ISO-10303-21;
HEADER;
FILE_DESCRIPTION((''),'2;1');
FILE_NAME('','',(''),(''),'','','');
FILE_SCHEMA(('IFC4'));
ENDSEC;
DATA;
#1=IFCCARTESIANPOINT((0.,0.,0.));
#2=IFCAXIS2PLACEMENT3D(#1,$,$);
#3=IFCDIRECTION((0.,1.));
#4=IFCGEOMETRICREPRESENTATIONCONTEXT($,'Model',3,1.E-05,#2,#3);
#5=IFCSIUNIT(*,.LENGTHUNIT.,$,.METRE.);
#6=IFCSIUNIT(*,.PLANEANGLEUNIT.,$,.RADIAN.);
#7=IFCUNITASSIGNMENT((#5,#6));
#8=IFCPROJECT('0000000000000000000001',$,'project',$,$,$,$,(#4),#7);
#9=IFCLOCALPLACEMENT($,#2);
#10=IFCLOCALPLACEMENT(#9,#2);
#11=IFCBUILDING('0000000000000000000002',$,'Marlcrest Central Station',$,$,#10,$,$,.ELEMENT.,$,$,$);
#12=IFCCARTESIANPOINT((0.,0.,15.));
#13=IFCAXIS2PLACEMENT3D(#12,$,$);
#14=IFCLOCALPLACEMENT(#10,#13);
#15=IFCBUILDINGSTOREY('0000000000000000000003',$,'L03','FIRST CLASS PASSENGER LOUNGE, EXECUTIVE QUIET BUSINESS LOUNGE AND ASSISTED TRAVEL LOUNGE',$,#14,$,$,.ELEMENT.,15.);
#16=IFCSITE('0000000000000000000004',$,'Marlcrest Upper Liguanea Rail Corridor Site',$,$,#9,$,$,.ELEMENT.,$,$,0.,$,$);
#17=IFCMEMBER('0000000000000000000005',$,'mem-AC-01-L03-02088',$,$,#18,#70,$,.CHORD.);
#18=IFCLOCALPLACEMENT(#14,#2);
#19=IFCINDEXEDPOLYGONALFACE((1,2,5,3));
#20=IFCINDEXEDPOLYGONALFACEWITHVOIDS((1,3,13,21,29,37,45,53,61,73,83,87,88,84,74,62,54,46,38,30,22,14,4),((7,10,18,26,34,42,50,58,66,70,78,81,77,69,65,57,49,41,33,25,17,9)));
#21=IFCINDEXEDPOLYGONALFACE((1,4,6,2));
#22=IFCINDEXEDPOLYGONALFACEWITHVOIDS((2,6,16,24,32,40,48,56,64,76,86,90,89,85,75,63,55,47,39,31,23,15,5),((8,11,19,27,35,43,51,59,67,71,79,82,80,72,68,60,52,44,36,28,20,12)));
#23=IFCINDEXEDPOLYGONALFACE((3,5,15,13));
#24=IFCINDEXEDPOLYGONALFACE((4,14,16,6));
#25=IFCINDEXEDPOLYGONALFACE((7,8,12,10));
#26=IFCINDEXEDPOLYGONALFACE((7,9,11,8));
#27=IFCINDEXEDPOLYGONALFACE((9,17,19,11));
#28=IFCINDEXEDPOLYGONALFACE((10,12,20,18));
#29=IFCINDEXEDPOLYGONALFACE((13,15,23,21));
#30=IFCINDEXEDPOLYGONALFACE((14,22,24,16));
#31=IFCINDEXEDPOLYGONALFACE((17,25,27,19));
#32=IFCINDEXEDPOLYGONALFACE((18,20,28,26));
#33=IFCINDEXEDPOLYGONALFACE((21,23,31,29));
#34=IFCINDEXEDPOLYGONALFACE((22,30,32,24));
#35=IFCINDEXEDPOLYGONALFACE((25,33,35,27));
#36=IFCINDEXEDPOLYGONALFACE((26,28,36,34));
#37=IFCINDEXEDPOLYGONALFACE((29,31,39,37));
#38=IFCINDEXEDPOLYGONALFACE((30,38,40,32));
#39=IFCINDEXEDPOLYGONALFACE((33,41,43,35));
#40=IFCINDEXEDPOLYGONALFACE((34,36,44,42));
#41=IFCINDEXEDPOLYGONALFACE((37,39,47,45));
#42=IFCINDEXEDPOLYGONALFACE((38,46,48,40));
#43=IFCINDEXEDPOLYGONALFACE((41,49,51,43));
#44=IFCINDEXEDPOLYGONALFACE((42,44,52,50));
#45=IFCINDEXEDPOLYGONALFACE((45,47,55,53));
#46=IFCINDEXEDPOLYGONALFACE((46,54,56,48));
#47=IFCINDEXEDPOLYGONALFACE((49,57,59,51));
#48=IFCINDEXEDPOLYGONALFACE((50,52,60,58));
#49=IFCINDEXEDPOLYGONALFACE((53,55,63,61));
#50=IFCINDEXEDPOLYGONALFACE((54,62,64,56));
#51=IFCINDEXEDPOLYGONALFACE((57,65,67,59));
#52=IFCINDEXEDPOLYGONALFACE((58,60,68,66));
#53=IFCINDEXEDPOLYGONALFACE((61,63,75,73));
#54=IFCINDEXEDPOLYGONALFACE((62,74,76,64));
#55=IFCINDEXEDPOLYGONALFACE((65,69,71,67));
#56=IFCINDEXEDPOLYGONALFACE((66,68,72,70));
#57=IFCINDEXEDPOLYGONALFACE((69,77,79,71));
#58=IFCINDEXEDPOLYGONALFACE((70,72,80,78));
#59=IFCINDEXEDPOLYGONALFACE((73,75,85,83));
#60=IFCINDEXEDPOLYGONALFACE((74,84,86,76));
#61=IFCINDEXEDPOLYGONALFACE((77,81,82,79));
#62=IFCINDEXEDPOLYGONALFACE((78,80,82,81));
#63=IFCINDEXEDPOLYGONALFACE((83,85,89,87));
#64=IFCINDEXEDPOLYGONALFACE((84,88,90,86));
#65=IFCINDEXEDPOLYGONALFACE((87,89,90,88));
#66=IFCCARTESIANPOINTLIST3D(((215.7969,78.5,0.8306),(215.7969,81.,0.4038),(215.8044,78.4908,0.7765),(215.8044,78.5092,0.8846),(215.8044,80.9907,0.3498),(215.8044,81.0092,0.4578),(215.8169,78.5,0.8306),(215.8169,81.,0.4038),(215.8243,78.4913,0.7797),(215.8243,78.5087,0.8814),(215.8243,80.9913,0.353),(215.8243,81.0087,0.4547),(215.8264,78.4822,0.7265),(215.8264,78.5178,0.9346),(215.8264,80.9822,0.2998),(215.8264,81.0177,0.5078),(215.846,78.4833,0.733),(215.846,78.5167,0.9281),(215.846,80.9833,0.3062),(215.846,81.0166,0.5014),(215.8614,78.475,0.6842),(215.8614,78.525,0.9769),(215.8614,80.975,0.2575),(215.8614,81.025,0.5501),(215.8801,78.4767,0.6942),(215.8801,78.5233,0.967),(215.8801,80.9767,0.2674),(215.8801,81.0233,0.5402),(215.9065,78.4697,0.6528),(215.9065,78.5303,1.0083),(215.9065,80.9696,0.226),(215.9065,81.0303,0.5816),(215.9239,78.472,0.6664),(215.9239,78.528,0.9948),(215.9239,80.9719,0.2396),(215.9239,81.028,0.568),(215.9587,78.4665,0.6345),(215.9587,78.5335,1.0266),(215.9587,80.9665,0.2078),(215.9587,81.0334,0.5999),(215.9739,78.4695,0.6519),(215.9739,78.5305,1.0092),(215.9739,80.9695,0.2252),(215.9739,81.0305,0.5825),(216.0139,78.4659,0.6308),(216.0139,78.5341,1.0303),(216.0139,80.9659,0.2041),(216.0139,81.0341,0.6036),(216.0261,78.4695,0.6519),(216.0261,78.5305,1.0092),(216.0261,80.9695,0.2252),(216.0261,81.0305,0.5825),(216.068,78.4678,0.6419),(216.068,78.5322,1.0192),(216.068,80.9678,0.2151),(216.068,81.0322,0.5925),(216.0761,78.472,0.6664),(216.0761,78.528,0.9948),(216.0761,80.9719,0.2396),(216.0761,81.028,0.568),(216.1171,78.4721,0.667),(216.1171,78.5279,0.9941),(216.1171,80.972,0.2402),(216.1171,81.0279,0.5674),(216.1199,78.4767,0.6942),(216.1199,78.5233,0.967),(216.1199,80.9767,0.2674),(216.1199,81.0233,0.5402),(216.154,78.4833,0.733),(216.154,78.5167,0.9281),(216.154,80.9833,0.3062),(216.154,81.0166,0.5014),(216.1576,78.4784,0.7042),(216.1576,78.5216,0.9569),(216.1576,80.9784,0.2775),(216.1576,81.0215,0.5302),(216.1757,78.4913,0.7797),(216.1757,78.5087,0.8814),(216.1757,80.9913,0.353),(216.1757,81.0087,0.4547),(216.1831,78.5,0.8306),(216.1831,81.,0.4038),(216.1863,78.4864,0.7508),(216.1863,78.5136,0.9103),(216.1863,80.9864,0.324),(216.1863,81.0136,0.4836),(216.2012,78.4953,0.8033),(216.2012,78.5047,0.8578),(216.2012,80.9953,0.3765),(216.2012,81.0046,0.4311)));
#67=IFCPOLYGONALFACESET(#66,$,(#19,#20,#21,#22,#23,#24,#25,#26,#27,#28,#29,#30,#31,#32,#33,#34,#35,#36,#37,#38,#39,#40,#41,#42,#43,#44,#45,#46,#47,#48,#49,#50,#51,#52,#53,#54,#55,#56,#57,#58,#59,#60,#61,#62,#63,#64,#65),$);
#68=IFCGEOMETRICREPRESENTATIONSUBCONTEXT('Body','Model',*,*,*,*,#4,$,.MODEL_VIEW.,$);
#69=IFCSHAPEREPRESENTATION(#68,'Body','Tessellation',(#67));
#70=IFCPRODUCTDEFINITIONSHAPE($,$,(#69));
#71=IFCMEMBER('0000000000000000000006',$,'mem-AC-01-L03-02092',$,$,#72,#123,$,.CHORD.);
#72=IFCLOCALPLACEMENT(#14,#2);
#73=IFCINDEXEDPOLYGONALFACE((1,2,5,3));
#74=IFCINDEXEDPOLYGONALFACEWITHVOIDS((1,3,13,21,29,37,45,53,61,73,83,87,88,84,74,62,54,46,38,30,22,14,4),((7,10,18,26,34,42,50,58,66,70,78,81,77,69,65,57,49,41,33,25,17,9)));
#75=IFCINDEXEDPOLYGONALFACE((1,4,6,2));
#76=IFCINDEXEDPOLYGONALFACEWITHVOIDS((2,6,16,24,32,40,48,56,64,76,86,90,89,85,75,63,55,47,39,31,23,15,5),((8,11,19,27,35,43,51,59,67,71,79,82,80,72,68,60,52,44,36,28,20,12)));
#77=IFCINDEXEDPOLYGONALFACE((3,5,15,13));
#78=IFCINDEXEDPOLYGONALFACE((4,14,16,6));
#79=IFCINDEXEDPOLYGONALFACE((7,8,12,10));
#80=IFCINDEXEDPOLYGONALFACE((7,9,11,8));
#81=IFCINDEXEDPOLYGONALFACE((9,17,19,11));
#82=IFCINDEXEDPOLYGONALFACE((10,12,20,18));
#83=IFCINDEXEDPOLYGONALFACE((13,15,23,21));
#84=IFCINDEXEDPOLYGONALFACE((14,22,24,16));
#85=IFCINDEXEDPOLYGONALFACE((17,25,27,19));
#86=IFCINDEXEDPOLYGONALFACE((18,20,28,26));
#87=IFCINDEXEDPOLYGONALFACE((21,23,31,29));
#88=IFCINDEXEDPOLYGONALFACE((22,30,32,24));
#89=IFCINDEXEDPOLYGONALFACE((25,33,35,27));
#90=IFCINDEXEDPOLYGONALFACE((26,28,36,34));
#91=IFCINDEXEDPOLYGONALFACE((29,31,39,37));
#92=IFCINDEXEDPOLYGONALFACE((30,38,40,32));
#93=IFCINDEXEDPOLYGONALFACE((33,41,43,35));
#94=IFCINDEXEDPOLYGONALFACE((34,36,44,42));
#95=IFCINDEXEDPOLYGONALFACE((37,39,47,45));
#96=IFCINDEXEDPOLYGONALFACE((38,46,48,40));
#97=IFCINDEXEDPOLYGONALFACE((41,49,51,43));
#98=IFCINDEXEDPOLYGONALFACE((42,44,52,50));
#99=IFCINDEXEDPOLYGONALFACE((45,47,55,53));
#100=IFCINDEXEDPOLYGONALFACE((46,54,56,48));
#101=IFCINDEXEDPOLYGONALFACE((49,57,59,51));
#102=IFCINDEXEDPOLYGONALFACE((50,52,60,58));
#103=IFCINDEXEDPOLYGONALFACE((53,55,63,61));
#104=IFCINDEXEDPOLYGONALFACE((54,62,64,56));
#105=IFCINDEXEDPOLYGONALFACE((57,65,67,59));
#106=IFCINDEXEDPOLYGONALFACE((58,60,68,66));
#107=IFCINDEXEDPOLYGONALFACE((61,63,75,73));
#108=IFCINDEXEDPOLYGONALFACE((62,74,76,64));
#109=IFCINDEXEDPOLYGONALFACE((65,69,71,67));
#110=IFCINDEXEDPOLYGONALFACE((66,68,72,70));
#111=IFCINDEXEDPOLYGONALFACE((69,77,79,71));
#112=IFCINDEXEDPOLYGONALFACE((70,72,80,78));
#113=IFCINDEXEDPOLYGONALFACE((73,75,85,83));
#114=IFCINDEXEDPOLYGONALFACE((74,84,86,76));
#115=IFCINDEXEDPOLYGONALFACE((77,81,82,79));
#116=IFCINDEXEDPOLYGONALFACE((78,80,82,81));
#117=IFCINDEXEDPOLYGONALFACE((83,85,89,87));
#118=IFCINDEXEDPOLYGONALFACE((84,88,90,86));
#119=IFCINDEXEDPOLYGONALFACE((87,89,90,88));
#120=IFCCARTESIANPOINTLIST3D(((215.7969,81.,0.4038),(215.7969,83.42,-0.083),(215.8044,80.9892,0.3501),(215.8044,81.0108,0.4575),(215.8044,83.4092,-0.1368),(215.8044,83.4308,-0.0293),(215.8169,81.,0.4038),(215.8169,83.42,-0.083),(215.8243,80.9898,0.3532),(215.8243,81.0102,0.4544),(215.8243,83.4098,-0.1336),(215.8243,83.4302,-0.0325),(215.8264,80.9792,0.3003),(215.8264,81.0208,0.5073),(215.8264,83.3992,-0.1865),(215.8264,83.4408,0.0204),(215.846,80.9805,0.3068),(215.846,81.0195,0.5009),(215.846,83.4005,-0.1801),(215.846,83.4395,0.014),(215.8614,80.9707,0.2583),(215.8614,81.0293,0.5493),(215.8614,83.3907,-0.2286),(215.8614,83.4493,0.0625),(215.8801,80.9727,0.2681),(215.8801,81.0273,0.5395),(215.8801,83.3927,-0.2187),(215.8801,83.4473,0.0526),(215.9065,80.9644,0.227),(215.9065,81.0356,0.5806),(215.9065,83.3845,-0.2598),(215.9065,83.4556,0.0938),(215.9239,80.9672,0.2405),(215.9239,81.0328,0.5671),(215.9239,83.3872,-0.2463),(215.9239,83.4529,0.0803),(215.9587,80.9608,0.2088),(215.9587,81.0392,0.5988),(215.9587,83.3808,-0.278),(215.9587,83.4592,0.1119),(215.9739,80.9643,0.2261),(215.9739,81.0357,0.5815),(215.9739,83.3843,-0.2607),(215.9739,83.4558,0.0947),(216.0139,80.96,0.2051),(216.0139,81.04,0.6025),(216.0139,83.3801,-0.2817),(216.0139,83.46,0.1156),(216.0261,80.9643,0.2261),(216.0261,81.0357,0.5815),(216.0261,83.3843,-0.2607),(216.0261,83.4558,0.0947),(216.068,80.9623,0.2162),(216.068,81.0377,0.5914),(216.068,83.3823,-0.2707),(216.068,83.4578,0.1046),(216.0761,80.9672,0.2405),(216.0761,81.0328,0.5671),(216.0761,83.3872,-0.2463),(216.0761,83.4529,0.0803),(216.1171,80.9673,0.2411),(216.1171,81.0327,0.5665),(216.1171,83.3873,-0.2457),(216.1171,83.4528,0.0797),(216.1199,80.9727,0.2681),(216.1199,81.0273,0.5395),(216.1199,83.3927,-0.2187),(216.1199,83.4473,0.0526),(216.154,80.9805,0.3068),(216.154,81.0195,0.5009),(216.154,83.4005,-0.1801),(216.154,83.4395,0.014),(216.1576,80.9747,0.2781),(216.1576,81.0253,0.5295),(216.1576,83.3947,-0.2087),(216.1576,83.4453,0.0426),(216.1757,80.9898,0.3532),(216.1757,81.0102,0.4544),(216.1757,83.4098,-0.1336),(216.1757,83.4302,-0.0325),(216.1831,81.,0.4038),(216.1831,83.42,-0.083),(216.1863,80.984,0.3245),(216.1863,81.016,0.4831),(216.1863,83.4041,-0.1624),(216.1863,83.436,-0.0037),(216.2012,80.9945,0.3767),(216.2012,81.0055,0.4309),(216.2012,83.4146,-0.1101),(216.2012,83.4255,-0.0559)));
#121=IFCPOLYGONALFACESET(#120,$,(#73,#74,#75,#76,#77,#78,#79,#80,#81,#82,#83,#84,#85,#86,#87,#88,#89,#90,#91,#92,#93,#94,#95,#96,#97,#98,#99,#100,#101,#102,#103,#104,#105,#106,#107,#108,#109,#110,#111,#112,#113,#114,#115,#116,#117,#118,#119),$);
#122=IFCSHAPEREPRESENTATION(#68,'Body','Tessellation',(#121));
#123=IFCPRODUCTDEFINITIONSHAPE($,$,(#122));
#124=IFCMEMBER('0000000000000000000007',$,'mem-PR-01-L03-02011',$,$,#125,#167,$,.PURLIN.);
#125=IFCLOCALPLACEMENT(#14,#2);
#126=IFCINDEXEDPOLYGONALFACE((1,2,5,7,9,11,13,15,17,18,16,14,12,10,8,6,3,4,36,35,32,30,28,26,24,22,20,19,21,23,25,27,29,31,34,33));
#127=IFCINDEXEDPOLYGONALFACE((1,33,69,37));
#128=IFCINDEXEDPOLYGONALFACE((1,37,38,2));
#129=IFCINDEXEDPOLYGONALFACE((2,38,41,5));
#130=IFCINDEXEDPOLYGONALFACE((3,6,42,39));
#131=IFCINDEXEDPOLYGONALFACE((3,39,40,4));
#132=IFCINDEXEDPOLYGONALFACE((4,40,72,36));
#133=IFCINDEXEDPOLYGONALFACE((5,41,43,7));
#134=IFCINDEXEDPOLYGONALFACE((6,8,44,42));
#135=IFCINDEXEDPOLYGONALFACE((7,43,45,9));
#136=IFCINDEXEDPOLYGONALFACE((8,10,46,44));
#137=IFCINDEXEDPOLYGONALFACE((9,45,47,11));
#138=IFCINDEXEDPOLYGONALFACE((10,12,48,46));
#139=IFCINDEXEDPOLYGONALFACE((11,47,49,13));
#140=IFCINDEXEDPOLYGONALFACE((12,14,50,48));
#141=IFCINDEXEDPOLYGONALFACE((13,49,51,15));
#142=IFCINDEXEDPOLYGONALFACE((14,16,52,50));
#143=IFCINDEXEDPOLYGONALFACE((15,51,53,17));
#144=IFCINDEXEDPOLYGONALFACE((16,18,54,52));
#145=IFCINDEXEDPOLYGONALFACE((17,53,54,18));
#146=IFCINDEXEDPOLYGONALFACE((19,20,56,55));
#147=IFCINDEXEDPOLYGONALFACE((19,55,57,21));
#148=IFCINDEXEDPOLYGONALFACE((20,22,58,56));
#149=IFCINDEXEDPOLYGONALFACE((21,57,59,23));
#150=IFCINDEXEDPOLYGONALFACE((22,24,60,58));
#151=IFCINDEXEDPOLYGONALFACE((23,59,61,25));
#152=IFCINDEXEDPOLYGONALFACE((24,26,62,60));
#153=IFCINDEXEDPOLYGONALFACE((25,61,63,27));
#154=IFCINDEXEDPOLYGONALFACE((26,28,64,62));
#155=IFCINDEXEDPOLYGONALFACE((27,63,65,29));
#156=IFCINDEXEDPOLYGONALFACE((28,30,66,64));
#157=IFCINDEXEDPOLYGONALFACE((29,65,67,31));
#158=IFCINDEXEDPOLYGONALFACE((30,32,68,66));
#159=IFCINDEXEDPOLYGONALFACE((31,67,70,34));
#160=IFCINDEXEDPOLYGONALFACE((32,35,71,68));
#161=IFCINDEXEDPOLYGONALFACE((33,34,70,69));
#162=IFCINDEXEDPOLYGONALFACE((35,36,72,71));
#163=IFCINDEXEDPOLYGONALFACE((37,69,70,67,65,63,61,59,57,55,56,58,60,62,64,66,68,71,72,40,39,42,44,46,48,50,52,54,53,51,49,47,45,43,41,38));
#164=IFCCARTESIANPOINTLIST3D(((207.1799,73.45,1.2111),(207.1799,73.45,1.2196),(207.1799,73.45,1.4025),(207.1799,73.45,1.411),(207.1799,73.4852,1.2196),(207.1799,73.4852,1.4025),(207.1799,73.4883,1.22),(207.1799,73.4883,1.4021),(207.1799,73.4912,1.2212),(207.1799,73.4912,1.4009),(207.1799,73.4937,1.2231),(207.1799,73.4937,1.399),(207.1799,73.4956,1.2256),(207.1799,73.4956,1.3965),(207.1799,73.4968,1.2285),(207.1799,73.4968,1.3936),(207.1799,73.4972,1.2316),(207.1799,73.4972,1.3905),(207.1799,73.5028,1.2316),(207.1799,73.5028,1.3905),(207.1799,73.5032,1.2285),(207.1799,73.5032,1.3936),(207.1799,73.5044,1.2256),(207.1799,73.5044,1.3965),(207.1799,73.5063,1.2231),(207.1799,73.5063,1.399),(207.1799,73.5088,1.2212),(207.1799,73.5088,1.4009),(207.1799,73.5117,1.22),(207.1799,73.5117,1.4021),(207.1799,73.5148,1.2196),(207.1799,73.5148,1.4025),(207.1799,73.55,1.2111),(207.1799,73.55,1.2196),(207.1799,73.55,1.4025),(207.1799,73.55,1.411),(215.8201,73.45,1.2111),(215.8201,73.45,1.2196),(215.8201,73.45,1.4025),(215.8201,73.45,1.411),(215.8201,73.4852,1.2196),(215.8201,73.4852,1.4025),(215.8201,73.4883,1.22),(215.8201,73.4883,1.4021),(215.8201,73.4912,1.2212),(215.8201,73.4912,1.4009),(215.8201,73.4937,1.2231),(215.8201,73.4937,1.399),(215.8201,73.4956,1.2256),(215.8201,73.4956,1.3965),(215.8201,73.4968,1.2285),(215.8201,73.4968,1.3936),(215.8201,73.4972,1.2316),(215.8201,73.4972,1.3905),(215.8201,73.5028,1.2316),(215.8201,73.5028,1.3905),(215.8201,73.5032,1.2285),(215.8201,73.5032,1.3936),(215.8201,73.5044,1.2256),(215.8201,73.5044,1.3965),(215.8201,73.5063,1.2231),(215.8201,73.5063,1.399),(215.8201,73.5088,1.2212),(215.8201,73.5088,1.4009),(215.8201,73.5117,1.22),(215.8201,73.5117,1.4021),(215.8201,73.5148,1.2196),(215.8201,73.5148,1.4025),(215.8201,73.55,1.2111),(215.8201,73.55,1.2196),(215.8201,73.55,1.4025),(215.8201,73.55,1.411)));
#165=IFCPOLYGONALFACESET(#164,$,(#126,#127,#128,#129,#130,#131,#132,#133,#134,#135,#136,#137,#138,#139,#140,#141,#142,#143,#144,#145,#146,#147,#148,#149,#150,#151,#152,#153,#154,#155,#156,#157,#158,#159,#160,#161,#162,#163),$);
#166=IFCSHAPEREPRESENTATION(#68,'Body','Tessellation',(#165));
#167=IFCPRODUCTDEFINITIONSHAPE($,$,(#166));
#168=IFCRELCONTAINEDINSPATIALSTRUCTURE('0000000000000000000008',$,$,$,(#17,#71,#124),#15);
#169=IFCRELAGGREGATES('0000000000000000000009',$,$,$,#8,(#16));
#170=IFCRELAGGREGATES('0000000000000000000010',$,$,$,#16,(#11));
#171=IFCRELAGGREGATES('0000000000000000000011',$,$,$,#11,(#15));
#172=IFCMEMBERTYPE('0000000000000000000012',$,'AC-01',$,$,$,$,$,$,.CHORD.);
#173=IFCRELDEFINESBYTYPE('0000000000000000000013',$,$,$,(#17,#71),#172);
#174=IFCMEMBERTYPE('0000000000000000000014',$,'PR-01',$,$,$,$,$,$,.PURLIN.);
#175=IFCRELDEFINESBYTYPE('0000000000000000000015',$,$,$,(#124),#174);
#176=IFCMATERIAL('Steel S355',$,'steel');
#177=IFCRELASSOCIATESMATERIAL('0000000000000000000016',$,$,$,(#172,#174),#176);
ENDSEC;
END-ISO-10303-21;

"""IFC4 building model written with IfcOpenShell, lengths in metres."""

from ifc_helpers import new_model, si_unit, direction, frame, origin, origin_2d, place, context, subcontext, project, spatial, hollow_circle, i_section, extrude, material, material_profile, profile_set, type_object, element, save


model = new_model("IFC4")

# Units and contexts
model_context = context("Model", 3, precision=1e-05, world=origin(), true_north=direction((0.0, 1.0)))
body_context = subcontext(model_context, "Body", "Model", "MODEL_VIEW")
ifc_project = project(units=[si_unit("LENGTHUNIT", "METRE"), si_unit("PLANEANGLEUNIT", "RADIAN")], contexts=[model_context])

# Site, building, storey
site_placement = place(None, origin())
site = spatial("IfcSite", under=ifc_project, at=site_placement, Name="Marlcrest Upper Liguanea Rail Corridor Site", CompositionType="ELEMENT", RefElevation=0.0)
building_placement = place(site_placement, origin())
building = spatial("IfcBuilding", under=site, at=building_placement, Name="Marlcrest Central Station", CompositionType="ELEMENT")
storey_placement = place(building_placement, frame((0.0, 0.0, 15.0)))
storey = spatial("IfcBuildingStorey", under=building, at=storey_placement, Name="L03", Description="FIRST CLASS PASSENGER LOUNGE, EXECUTIVE QUIET BUSINESS LOUNGE AND ASSISTED TRAVEL LOUNGE", CompositionType="ELEMENT", Elevation=15.0)

# Members
ifc_material_1 = material(Name="Steel S355", Category="steel")
ifc_material_profile_1 = material_profile(ifc_material_1, hollow_circle(Radius=0.2031, WallThickness=0.02, at=origin_2d()), Name="CHS 406.4x20")
ifc_profile_set_1 = profile_set([ifc_material_profile_1], Name="Steel S355")
member_type_1 = type_object("IfcMemberType", Name="AC-01", PredefinedType="CHORD", material=ifc_profile_set_1)
member_1_placement = place(storey_placement, frame((216.0, 78.5, 0.8306), z_axis=(0.0, 0.985741, -0.168269), x_axis=(-1.0, 0.0, 0.0)))
element("IfcMember", 1, at=member_1_placement, inside=storey, type_object=member_type_1, Name="mem-AC-01-L03-02088", PredefinedType="CHORD", context=body_context, shape_type="SweptSolid", body=[
    extrude(hollow_circle(Radius=0.2031, WallThickness=0.02, at=origin_2d()), origin(), (0.0, 0.0, 1.0), 2.5361),
])
member_2_placement = place(storey_placement, frame((216.0, 81.0, 0.4038), z_axis=(0.0, 0.980359, -0.197219), x_axis=(-1.0, 0.0, 0.0)))
element("IfcMember", 2, at=member_2_placement, inside=storey, type_object=member_type_1, Name="mem-AC-01-L03-02092", PredefinedType="CHORD", context=body_context, shape_type="SweptSolid", body=[
    extrude(hollow_circle(Radius=0.2031, WallThickness=0.02, at=origin_2d()), origin(), (0.0, 0.0, 1.0), 2.4685),
])
ifc_material_profile_2 = material_profile(ifc_material_1, i_section(OverallWidth=0.1001, OverallDepth=0.2, WebThickness=0.0056, FlangeThickness=0.0085, FilletRadius=0.012, at=origin_2d()), Name="IPE 200")
ifc_profile_set_2 = profile_set([ifc_material_profile_2], Name="Steel S355")
member_type_2 = type_object("IfcMemberType", Name="PR-01", PredefinedType="PURLIN", material=ifc_profile_set_2)
member_3_placement = place(storey_placement, frame((207.1799, 73.5, 1.311), z_axis=(1.0, 0.0, 0.0), x_axis=(0.0, 1.0, 0.0)))
element("IfcMember", 3, at=member_3_placement, inside=storey, type_object=member_type_2, Name="mem-PR-01-L03-02011", PredefinedType="PURLIN", context=body_context, shape_type="SweptSolid", body=[
    extrude(i_section(OverallWidth=0.1001, OverallDepth=0.2, WebThickness=0.0056, FlangeThickness=0.0085, FilletRadius=0.012, at=origin_2d()), origin(), (0.0, 0.0, 1.0), 8.6401),
])

save(model, "model.ifc")
